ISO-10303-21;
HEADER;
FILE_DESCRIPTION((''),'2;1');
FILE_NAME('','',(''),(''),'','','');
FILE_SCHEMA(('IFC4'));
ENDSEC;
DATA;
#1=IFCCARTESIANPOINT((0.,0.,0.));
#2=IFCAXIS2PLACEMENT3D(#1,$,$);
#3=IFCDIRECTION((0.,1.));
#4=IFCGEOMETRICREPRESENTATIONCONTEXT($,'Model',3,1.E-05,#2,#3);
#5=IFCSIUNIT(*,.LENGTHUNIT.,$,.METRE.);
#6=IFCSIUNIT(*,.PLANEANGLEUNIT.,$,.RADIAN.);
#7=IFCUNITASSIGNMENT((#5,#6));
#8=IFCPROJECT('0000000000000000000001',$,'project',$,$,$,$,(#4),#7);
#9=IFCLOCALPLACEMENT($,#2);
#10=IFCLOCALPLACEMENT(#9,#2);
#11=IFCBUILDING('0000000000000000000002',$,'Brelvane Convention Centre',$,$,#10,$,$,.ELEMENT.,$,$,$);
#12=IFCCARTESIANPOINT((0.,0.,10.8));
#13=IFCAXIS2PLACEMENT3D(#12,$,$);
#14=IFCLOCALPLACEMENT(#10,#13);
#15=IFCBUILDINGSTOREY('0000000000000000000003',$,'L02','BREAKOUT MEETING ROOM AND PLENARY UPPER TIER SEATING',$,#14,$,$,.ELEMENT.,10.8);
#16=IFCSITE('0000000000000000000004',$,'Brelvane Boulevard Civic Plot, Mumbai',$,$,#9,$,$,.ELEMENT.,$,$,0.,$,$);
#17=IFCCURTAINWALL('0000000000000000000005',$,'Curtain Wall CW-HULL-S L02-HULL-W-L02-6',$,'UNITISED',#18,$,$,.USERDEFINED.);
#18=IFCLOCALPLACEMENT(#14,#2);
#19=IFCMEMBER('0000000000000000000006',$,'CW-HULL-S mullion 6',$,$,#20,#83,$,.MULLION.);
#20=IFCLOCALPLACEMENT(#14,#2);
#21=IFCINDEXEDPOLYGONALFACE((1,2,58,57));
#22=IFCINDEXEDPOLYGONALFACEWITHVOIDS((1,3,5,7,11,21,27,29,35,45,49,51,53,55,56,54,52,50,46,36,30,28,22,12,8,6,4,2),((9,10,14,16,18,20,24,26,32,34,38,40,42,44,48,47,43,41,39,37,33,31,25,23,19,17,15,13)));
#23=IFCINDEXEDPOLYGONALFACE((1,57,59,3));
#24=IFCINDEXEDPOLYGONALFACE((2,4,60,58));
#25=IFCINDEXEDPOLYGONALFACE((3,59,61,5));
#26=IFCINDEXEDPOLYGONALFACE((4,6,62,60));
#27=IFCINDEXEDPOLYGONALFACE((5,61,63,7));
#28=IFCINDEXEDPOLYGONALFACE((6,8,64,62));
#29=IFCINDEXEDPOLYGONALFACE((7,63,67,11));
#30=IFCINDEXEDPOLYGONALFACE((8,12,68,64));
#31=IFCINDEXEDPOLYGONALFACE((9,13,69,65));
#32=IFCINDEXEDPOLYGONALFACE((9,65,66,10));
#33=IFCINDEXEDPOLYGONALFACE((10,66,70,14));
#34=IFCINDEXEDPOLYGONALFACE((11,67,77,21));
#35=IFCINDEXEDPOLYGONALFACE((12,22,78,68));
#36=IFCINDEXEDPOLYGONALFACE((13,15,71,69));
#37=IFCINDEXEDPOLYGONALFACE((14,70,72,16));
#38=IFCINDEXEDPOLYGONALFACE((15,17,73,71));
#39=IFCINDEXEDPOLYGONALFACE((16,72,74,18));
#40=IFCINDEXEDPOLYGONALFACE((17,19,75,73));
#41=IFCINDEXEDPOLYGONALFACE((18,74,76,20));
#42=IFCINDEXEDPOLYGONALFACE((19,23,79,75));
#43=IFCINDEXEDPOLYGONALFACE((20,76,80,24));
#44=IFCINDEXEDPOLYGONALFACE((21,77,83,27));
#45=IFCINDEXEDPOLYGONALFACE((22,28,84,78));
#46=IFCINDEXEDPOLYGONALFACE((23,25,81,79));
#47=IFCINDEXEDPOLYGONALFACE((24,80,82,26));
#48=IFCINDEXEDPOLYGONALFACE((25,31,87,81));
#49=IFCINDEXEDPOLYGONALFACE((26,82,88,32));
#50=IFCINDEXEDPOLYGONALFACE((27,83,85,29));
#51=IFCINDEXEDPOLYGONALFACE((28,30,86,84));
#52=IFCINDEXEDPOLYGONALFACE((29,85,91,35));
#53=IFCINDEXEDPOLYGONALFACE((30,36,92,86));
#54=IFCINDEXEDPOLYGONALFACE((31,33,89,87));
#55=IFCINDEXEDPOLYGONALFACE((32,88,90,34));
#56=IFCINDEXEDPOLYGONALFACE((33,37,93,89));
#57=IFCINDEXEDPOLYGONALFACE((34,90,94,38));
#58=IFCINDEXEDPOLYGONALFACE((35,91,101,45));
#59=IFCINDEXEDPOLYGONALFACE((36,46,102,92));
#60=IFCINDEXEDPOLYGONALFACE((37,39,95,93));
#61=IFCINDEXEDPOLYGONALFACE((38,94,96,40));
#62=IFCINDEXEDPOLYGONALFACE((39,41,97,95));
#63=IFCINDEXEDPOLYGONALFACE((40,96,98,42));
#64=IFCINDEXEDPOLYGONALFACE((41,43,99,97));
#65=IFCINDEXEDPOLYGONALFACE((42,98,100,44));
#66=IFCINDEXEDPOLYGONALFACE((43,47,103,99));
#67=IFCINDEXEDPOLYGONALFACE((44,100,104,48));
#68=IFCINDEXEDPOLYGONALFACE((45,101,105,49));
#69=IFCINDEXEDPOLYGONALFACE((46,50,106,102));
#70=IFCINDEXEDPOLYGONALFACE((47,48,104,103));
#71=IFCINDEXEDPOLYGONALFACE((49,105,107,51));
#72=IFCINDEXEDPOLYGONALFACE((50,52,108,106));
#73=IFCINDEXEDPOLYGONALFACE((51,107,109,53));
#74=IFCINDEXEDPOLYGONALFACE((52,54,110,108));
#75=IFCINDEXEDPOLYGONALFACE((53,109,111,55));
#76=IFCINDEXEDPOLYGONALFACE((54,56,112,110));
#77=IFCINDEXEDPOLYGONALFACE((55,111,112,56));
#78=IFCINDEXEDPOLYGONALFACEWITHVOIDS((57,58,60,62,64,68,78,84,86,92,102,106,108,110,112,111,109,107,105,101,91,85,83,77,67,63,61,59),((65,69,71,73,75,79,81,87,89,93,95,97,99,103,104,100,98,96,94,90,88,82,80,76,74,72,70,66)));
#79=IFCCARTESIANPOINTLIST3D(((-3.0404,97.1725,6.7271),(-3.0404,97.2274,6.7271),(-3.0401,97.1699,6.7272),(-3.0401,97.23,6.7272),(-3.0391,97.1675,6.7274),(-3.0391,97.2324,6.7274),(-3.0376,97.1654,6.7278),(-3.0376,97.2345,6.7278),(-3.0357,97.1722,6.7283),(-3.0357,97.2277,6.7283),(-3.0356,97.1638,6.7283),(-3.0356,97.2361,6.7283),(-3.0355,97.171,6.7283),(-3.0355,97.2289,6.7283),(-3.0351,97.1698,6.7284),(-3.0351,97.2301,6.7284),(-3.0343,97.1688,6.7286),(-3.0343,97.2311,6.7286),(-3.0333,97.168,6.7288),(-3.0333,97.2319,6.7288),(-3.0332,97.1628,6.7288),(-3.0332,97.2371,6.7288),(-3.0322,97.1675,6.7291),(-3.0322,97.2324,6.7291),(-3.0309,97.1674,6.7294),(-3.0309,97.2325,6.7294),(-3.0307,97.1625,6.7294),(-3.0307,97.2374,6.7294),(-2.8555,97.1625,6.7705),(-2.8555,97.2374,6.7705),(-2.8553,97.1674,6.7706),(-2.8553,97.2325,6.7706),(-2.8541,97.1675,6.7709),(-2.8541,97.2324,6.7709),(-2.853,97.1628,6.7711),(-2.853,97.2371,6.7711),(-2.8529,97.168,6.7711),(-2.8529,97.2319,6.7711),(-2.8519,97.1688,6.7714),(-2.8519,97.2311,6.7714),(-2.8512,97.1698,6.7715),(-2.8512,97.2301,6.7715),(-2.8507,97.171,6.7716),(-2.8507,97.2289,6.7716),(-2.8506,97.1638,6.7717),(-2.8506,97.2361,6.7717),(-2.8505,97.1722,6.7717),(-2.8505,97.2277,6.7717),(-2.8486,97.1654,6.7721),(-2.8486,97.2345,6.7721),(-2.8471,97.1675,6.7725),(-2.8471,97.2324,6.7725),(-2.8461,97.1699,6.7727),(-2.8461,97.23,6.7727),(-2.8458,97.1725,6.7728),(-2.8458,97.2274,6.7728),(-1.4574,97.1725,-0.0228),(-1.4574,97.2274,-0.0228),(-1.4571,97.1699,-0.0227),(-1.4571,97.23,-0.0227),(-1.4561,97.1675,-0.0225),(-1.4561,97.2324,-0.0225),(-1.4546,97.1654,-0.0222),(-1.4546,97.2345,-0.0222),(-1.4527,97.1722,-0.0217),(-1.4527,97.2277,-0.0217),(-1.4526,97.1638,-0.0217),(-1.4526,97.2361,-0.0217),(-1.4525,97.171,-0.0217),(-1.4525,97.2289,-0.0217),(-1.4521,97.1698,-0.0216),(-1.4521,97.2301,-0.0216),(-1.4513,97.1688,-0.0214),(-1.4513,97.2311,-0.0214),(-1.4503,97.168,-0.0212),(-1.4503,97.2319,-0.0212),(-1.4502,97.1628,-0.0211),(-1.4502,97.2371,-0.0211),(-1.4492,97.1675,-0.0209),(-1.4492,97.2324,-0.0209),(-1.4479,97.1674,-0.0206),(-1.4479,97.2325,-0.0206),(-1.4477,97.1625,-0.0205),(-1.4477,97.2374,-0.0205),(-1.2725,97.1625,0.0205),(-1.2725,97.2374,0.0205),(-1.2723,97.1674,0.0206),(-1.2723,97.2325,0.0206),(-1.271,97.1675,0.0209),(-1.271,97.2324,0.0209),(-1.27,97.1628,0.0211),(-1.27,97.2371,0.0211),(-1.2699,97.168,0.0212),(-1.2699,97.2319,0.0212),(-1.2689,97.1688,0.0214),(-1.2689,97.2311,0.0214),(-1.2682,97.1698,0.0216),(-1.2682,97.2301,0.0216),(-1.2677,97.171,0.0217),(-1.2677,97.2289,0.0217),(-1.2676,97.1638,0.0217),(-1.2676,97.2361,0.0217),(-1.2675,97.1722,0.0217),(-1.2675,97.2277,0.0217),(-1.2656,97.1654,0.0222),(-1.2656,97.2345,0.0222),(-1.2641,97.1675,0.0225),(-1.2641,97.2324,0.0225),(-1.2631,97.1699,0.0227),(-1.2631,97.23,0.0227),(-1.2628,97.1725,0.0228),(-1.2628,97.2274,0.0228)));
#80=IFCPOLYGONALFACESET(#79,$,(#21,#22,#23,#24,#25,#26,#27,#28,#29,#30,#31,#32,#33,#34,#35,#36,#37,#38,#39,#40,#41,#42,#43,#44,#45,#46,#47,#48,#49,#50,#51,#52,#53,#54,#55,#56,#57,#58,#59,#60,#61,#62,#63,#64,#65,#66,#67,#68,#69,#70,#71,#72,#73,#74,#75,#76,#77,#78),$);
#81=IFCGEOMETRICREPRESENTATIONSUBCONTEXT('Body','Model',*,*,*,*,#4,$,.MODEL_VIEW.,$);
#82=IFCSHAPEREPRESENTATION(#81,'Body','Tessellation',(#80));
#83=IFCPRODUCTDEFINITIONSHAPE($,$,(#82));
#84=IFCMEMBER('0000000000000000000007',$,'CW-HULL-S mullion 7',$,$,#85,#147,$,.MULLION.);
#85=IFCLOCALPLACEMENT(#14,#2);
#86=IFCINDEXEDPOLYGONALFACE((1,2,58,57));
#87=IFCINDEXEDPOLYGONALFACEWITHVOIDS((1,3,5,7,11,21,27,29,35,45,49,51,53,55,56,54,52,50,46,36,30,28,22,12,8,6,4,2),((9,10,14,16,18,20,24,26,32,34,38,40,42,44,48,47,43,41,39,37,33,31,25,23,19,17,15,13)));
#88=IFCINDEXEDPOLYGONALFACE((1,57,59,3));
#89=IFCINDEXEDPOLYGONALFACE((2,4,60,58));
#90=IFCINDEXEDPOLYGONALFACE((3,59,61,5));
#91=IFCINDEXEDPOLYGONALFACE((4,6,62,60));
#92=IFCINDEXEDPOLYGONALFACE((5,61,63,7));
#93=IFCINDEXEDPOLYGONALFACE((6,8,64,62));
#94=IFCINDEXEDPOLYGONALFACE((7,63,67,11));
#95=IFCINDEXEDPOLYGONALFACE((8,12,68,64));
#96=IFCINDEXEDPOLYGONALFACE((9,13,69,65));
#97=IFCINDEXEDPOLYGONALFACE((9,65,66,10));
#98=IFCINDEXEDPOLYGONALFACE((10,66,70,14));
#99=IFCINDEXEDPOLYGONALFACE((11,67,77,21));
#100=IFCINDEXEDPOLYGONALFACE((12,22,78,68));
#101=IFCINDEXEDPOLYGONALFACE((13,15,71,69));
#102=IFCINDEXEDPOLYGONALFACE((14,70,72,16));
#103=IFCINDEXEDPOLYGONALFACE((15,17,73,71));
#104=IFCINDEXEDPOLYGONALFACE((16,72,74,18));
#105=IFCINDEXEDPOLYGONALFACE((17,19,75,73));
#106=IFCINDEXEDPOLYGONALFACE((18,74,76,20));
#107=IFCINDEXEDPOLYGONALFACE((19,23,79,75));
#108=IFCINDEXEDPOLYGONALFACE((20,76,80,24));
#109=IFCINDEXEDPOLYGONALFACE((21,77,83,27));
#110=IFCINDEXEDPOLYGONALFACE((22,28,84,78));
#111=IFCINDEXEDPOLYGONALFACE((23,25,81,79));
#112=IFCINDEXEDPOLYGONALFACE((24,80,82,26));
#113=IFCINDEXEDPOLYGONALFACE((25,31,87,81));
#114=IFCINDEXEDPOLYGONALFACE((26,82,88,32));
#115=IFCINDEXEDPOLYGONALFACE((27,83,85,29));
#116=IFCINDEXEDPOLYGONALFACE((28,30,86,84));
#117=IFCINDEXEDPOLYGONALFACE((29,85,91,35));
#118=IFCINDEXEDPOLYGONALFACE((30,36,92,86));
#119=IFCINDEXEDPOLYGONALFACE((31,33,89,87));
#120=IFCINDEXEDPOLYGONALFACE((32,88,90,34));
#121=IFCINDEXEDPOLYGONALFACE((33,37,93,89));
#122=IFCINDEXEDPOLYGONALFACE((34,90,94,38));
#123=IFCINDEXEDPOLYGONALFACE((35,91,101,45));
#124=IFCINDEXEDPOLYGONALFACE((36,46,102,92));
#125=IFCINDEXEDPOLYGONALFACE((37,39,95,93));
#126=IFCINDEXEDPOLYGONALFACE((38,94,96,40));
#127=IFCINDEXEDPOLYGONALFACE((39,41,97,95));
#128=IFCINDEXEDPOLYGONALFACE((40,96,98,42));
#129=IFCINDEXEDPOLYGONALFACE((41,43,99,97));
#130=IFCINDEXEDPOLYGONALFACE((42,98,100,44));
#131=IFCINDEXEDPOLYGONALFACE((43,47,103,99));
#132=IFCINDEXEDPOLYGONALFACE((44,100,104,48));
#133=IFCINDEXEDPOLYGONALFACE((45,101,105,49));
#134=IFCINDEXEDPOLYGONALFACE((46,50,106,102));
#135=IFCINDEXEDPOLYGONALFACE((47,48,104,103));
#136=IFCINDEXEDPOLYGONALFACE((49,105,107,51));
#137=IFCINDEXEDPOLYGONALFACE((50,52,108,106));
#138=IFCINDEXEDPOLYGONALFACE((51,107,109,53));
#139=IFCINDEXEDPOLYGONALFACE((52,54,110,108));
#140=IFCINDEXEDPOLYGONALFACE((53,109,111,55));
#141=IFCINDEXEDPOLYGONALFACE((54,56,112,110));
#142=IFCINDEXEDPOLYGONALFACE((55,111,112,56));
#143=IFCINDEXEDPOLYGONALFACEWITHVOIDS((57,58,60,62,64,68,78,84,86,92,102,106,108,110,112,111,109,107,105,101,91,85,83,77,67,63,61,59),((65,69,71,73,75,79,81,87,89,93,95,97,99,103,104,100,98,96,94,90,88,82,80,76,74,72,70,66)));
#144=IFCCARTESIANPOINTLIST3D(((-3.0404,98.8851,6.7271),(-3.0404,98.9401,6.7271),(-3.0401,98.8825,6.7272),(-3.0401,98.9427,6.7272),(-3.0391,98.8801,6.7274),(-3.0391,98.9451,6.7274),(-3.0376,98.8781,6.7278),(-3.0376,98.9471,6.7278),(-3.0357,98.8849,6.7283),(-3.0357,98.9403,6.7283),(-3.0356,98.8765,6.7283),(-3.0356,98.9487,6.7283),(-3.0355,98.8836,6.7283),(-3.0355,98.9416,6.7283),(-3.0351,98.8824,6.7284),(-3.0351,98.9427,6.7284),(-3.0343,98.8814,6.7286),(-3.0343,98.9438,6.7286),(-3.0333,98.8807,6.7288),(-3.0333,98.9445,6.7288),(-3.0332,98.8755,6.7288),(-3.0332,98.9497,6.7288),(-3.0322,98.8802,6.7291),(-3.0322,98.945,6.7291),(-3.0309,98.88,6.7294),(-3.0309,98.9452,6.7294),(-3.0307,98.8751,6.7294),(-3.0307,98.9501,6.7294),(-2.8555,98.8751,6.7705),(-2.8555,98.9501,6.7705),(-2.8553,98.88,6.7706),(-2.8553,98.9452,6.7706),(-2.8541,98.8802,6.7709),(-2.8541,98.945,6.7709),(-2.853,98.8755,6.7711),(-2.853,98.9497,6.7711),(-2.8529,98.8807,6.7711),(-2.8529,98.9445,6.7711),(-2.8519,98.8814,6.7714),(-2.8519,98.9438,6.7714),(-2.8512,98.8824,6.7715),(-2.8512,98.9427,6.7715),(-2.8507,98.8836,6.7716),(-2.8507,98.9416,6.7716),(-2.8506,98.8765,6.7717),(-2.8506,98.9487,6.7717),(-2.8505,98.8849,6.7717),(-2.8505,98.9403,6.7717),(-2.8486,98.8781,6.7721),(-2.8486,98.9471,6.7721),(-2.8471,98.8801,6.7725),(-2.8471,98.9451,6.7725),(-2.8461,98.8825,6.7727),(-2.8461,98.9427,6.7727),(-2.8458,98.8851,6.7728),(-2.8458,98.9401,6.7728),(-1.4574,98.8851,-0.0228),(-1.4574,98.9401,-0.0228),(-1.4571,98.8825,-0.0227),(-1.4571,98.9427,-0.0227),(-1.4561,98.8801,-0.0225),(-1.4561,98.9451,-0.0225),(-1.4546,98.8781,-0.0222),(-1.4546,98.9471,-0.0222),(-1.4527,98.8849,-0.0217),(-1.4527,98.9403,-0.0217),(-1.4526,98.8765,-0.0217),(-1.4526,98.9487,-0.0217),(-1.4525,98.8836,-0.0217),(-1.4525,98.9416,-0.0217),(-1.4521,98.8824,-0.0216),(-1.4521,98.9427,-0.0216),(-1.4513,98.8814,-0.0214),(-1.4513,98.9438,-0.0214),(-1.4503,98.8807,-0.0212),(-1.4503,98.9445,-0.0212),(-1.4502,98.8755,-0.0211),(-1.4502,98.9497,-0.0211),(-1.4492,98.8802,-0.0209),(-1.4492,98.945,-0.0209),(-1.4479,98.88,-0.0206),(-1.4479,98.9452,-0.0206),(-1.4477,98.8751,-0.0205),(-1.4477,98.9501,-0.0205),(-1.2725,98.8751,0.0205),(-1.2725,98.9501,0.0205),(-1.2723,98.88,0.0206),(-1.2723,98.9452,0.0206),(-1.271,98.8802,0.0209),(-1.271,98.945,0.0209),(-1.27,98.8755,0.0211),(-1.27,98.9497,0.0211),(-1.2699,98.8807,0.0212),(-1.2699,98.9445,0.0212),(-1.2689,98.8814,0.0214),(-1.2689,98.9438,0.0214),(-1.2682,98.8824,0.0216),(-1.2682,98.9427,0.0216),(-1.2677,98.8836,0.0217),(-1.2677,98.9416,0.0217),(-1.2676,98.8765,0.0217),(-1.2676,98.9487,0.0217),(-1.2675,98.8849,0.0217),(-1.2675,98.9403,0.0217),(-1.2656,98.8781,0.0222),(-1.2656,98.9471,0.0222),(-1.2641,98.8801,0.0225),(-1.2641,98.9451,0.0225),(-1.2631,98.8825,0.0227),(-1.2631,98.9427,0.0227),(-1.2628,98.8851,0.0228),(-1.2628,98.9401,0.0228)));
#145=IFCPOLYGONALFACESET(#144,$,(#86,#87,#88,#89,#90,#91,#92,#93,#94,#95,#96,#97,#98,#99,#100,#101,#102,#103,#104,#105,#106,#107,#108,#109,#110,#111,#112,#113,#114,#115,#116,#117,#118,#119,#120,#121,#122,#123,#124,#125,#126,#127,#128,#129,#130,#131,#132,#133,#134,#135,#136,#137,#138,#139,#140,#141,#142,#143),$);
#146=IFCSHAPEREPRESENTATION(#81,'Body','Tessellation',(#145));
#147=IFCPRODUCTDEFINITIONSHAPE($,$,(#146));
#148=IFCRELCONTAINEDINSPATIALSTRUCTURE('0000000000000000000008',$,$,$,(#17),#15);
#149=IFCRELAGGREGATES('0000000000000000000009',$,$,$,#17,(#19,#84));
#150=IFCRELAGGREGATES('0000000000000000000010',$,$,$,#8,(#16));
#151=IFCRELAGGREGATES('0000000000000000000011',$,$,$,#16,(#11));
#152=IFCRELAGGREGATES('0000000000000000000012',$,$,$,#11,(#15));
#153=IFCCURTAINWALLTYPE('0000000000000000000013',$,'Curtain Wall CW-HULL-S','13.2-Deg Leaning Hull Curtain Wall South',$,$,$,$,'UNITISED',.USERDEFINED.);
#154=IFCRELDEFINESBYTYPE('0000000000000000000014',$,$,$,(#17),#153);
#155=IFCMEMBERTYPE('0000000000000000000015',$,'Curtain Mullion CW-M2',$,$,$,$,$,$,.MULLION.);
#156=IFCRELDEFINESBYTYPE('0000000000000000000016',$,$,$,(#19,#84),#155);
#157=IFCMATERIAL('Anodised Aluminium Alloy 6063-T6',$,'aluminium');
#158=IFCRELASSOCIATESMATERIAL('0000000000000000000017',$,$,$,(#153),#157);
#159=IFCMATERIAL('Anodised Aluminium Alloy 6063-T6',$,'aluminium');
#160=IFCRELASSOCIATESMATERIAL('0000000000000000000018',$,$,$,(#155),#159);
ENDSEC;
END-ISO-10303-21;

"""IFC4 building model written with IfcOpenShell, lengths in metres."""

from ifc_helpers import new_model, si_unit, direction, frame, origin, origin_2d, place, context, subcontext, project, spatial, hollow_rectangle, extrude, material, material_profile, profile_set, type_object, element, aggregate, save


model = new_model("IFC4")

# Units and contexts
model_context = context("Model", 3, precision=1e-05, world=origin(), true_north=direction((0.0, 1.0)))
body_context = subcontext(model_context, "Body", "Model", "MODEL_VIEW")
ifc_project = project(units=[si_unit("LENGTHUNIT", "METRE"), si_unit("PLANEANGLEUNIT", "RADIAN")], contexts=[model_context])

# Site, building, storey
site_placement = place(None, origin())
site = spatial("IfcSite", under=ifc_project, at=site_placement, Name="Brelvane Boulevard Civic Plot, Mumbai", CompositionType="ELEMENT", RefElevation=0.0)
building_placement = place(site_placement, origin())
building = spatial("IfcBuilding", under=site, at=building_placement, Name="Brelvane Convention Centre", CompositionType="ELEMENT")
storey_placement = place(building_placement, frame((0.0, 0.0, 10.8)))
storey = spatial("IfcBuildingStorey", under=building, at=storey_placement, Name="L02", Description="BREAKOUT MEETING ROOM AND PLENARY UPPER TIER SEATING", CompositionType="ELEMENT", Elevation=10.8)

# Curtain wall, members
ifc_material_1 = material(Name="Anodised Aluminium Alloy 6063-T6", Category="aluminium")
curtain_wall_type = type_object("IfcCurtainWallType", Name="Curtain Wall CW-HULL-S", Description="13.2-Deg Leaning Hull Curtain Wall South", ElementType="UNITISED", PredefinedType="USERDEFINED", material=ifc_material_1)
curtain_wall_placement = place(storey_placement, origin())
curtain_wall = element("IfcCurtainWall", 1, at=curtain_wall_placement, inside=storey, type_object=curtain_wall_type, Name="Curtain Wall CW-HULL-S L02-HULL-W-L02-6", ObjectType="UNITISED", PredefinedType="USERDEFINED")
ifc_material_2 = material(Name="Anodised Aluminium Alloy 6063-T6", Category="aluminium")
ifc_material_profile_1 = material_profile(ifc_material_2, hollow_rectangle(XDim=0.075, YDim=0.2, WallThickness=0.0049, InnerFilletRadius=0.0049, OuterFilletRadius=0.01, at=origin_2d()), Name="ALU-M 200x75x5.0")
ifc_profile_set_1 = profile_set([ifc_material_profile_1], Name="Anodised Aluminium Alloy 6063-T6")
member_type_1 = type_object("IfcMemberType", Name="Curtain Mullion CW-M2", PredefinedType="MULLION", material=ifc_profile_set_1)
member_1_placement = place(storey_placement, frame((-1.3601, 97.2, 0.0), z_axis=(-0.228325, 0.0, 0.973585), x_axis=(0.0, -1.0, 0.0)))
member_1 = element("IfcMember", 2, at=member_1_placement, type_object=member_type_1, Name="CW-HULL-S mullion 6", PredefinedType="MULLION", context=body_context, shape_type="SweptSolid", body=[
    extrude(hollow_rectangle(XDim=0.075, YDim=0.2, WallThickness=0.0049, InnerFilletRadius=0.0049, OuterFilletRadius=0.01, at=origin_2d()), origin(), (0.0, 0.0, 1.0), 6.9331),
])
member_2_placement = place(storey_placement, frame((-1.3601, 98.9126, 0.0), z_axis=(-0.228325, 0.0, 0.973585), x_axis=(0.0, -1.0, 0.0)))
member_2 = element("IfcMember", 3, at=member_2_placement, type_object=member_type_1, Name="CW-HULL-S mullion 7", PredefinedType="MULLION", context=body_context, shape_type="SweptSolid", body=[
    extrude(hollow_rectangle(XDim=0.075, YDim=0.2, WallThickness=0.0049, InnerFilletRadius=0.0049, OuterFilletRadius=0.01, at=origin_2d()), origin(), (0.0, 0.0, 1.0), 6.9331),
])
aggregate(curtain_wall, [member_1, member_2])

save(model, "model.ifc")
